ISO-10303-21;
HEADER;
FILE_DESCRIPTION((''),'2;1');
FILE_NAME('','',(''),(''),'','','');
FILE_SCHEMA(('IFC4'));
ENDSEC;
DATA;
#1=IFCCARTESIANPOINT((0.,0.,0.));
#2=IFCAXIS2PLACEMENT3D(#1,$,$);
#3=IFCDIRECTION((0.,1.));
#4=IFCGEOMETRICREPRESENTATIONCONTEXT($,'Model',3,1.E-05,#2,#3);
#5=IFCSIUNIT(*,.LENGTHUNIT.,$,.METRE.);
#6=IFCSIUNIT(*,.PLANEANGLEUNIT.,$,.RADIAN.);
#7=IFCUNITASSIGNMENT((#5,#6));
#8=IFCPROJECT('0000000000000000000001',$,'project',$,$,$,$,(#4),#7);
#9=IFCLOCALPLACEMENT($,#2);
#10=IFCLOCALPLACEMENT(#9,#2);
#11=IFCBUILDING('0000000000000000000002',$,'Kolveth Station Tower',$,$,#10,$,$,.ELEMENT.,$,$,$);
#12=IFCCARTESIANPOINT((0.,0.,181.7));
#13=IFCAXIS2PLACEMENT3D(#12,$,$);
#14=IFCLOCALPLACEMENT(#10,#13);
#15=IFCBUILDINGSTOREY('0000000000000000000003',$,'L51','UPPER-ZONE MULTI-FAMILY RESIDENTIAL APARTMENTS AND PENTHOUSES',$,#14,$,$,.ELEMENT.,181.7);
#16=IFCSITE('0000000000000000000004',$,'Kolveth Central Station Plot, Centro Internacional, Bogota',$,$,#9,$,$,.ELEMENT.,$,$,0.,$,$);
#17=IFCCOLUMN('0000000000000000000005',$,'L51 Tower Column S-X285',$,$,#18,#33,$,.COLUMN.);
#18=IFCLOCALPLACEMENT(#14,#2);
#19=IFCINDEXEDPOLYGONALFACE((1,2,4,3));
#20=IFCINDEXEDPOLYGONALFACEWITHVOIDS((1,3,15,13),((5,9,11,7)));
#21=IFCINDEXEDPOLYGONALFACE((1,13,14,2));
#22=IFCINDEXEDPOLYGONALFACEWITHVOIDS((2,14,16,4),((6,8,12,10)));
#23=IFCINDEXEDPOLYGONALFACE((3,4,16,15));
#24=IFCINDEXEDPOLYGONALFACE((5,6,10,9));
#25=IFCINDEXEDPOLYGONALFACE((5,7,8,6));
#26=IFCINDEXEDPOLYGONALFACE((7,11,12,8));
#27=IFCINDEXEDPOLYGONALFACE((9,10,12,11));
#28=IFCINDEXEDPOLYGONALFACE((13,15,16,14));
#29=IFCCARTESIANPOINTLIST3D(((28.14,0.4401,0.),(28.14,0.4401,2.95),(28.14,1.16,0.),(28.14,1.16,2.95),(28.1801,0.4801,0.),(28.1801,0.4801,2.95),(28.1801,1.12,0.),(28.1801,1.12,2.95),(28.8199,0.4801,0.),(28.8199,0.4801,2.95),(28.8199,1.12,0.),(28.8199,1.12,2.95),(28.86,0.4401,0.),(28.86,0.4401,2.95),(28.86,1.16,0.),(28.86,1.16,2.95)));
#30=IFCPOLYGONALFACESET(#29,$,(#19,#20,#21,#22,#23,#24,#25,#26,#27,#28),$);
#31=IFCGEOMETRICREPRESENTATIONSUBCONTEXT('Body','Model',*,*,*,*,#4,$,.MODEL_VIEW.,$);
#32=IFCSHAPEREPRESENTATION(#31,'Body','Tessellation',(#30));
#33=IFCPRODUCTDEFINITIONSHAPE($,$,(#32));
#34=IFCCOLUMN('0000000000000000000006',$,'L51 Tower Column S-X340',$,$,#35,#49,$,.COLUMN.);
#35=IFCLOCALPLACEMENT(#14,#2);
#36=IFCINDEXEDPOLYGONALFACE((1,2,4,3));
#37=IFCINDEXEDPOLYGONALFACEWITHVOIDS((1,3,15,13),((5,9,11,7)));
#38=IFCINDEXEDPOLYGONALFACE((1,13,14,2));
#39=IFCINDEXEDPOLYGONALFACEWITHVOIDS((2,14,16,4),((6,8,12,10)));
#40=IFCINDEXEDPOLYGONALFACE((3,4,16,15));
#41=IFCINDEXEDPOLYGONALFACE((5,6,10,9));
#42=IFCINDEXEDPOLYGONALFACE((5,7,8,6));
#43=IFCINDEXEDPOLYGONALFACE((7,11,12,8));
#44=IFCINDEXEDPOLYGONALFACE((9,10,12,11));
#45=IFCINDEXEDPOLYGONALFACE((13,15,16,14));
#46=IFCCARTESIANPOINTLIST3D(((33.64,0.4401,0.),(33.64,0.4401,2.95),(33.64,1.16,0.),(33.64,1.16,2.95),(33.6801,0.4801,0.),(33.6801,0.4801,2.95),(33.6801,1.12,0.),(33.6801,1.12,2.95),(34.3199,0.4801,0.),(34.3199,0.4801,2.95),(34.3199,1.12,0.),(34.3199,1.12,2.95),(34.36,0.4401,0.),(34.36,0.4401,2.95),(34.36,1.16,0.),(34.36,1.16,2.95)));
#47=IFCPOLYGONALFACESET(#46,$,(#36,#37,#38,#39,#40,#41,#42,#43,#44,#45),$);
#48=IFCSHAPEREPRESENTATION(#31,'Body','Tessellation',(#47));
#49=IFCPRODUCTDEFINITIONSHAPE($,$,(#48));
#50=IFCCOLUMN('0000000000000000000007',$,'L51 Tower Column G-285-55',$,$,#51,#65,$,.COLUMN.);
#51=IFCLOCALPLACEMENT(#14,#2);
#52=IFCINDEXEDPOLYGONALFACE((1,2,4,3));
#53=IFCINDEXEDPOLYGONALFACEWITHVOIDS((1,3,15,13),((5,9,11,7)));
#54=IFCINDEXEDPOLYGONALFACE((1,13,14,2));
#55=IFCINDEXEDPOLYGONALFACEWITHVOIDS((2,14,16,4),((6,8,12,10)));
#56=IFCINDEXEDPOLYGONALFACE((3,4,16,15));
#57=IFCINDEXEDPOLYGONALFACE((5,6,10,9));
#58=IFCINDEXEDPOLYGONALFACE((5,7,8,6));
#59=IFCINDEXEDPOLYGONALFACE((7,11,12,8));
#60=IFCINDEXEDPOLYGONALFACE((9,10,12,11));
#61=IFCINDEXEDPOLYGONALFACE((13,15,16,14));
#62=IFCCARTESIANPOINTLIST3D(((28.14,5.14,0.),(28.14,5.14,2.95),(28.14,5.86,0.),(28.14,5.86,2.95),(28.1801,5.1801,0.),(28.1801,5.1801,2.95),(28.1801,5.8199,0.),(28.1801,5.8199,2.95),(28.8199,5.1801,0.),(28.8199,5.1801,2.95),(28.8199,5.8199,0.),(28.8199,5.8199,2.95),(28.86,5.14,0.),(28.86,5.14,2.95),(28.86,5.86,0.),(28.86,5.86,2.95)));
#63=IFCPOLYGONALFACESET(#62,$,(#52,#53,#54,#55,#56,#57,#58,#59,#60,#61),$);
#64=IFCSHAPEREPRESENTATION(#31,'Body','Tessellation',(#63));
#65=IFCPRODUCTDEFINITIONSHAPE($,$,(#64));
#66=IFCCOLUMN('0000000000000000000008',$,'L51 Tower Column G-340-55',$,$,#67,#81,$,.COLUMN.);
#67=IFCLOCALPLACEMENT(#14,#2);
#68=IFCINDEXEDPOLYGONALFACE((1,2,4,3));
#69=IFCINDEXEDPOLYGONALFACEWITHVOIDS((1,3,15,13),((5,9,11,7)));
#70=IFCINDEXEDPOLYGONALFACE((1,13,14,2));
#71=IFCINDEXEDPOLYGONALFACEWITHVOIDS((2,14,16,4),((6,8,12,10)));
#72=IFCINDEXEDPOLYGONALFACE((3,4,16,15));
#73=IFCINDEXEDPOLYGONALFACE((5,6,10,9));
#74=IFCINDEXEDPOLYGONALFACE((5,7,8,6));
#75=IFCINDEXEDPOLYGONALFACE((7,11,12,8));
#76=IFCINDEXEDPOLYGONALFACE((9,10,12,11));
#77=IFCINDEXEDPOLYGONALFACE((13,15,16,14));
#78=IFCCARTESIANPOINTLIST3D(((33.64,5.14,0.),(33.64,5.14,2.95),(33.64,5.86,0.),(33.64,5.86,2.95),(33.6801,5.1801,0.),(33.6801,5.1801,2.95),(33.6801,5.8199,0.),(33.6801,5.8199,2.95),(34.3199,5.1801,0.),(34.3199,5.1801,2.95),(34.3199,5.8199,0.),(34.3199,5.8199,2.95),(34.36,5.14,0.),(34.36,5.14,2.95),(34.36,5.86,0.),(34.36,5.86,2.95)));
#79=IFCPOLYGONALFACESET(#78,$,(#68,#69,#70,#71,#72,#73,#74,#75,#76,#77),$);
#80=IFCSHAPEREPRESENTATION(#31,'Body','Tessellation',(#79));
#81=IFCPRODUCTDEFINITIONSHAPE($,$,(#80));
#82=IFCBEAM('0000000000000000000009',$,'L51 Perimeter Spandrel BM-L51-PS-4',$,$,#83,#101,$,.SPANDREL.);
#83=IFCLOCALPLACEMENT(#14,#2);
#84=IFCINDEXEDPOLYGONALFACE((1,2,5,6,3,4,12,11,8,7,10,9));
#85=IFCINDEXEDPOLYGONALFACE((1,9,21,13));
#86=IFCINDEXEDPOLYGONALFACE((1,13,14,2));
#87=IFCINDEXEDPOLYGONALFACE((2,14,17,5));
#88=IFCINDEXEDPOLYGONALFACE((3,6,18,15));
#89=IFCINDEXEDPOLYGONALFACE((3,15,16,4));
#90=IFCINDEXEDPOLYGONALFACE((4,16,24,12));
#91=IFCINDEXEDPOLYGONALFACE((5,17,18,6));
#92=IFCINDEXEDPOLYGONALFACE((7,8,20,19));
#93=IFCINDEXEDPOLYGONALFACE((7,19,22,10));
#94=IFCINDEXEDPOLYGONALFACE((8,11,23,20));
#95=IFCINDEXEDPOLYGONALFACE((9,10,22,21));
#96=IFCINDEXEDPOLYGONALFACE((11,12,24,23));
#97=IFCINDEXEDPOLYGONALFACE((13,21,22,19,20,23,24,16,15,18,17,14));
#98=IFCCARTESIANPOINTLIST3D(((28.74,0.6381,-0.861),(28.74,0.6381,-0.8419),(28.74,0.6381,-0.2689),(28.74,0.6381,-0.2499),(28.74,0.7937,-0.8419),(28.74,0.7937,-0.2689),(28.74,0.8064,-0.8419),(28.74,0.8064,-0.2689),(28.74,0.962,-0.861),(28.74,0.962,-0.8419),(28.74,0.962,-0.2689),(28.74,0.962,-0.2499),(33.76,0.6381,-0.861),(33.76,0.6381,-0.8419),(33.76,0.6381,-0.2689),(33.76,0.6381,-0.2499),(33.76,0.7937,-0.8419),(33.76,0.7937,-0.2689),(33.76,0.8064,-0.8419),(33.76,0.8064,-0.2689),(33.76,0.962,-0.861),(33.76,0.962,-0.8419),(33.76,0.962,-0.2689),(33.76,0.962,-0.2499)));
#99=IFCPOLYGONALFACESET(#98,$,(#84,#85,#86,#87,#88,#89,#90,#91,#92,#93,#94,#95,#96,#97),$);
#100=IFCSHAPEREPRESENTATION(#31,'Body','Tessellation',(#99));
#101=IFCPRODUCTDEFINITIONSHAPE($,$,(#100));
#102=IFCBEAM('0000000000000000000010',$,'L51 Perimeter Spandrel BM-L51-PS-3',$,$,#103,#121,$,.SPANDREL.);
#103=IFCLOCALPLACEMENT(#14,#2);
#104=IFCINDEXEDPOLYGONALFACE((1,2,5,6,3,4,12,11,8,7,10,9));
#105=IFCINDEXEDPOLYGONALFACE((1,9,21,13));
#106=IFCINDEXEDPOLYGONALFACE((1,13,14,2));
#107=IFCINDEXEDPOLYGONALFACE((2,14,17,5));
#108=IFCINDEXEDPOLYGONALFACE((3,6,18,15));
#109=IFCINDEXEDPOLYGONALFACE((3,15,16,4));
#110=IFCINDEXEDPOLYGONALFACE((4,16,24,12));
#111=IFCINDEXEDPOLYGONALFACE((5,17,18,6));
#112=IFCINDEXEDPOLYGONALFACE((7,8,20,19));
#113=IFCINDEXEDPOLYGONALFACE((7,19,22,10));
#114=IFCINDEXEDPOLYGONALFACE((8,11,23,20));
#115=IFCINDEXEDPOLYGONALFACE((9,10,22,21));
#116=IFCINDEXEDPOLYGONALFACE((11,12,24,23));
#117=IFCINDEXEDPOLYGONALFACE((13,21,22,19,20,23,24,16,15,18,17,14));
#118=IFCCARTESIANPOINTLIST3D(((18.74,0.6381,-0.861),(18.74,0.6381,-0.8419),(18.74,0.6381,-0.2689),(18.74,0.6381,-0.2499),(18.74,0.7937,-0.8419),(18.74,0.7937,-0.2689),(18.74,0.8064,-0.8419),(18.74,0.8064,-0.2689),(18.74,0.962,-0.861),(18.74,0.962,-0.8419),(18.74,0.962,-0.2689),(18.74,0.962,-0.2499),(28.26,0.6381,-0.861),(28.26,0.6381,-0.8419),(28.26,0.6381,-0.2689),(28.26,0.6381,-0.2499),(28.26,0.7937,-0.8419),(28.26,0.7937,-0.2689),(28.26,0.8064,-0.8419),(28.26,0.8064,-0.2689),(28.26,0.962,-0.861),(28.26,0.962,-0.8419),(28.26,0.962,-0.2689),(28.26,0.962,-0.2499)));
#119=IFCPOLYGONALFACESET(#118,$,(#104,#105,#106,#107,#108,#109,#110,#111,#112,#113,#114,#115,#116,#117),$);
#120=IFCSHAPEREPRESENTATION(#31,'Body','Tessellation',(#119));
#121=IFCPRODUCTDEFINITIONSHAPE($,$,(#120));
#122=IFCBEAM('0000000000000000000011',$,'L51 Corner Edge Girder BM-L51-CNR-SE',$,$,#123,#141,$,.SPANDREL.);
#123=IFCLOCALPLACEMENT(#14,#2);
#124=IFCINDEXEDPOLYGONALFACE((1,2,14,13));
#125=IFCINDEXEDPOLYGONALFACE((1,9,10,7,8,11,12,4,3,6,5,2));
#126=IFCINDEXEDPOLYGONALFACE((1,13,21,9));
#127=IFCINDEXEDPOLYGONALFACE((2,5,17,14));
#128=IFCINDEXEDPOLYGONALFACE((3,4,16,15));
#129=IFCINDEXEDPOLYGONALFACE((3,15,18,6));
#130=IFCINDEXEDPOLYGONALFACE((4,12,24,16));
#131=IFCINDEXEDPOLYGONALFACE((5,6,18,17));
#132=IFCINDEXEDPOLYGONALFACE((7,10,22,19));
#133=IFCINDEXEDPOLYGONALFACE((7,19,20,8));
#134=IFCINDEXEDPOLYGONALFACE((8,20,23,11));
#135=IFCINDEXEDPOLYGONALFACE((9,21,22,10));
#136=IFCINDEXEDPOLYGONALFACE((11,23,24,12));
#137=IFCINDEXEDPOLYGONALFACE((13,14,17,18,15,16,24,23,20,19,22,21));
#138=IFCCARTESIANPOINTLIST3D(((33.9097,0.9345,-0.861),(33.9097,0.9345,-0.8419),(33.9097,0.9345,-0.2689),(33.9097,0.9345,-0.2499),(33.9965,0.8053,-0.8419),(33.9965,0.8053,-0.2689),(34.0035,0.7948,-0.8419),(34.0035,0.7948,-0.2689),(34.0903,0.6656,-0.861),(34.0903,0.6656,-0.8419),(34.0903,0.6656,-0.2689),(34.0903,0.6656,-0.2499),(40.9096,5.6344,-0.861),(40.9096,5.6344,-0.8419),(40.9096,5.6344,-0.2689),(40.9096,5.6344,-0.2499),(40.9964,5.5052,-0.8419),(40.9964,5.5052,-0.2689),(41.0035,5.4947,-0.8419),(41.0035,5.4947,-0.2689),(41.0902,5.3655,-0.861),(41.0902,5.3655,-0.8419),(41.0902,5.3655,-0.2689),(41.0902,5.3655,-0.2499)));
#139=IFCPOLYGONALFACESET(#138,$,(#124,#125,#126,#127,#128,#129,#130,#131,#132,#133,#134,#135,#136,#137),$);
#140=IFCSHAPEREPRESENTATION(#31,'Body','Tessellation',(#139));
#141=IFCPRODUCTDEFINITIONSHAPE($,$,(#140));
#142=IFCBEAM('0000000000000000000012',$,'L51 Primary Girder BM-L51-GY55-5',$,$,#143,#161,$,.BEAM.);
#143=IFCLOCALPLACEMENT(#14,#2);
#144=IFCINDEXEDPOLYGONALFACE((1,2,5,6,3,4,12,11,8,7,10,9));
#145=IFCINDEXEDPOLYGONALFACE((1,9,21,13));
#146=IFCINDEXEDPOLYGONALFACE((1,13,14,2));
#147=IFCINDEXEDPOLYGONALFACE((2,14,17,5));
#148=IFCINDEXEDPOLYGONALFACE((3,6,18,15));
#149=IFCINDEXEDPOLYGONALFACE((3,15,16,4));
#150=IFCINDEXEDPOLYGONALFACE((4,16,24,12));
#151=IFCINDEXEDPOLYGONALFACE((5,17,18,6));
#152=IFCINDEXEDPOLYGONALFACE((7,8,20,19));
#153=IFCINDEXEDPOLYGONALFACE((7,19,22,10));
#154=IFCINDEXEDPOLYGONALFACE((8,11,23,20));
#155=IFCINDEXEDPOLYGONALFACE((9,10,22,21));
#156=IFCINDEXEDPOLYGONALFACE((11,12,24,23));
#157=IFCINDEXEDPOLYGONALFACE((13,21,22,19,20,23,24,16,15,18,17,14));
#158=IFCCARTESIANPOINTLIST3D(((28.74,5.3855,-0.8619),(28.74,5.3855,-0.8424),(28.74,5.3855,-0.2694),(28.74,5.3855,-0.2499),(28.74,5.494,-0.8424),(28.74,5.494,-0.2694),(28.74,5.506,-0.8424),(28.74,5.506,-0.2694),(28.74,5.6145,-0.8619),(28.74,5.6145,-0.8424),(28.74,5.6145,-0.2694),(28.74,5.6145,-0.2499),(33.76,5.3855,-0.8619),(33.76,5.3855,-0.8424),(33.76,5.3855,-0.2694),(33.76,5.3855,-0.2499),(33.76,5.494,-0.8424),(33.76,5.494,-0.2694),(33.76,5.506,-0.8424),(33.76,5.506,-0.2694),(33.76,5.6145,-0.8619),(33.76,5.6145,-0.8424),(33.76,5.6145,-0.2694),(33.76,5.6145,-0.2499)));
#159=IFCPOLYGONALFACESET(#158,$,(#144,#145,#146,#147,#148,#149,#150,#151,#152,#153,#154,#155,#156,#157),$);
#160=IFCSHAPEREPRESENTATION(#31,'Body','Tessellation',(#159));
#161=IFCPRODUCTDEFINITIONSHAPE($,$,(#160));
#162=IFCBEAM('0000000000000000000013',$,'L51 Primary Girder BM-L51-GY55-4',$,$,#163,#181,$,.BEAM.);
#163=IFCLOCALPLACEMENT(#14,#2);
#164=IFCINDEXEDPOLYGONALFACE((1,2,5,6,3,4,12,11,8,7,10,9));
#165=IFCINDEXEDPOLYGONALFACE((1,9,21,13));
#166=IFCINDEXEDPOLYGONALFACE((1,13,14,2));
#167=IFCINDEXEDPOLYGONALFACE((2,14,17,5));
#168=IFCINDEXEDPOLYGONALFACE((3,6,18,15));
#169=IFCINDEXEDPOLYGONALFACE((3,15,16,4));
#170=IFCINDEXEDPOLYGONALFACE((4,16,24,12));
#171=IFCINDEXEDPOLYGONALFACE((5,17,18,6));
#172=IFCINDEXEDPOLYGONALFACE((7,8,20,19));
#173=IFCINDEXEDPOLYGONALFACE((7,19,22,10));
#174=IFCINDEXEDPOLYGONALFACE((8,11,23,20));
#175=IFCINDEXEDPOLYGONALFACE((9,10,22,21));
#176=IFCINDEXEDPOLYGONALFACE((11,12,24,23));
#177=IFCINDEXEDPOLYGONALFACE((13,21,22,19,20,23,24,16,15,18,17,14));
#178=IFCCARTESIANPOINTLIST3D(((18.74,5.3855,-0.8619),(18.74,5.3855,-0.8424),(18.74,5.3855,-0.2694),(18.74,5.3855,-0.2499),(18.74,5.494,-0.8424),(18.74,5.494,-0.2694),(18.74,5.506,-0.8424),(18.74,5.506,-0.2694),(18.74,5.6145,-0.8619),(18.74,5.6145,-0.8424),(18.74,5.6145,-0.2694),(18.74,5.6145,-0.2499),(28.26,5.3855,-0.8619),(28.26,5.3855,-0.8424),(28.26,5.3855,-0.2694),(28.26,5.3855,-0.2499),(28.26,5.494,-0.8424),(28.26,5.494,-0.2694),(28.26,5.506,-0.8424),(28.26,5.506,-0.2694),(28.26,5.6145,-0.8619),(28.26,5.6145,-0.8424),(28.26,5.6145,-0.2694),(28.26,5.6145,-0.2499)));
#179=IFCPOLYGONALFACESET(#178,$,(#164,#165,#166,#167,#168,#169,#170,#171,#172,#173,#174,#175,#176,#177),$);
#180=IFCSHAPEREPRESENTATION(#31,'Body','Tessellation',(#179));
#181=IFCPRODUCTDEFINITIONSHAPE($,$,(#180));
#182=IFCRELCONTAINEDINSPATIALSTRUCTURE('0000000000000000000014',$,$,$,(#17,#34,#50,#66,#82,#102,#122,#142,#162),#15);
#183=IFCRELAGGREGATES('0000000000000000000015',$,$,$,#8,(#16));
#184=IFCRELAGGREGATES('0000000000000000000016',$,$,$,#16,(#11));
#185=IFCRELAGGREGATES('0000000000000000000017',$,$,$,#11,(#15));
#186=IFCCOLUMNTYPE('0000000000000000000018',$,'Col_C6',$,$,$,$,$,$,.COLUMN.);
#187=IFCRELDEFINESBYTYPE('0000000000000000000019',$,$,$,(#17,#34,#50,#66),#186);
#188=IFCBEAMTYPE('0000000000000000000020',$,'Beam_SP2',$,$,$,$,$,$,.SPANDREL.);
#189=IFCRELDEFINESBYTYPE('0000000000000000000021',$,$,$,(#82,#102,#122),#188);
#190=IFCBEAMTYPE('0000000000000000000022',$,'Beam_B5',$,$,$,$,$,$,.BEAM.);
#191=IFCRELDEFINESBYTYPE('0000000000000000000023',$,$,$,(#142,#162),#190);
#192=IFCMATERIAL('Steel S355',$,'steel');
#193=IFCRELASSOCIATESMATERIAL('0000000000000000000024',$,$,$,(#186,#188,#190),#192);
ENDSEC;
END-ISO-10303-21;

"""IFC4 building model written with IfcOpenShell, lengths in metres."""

from ifc_helpers import new_model, si_unit, direction, frame, origin, origin_2d, place, context, subcontext, project, spatial, hollow_rectangle, i_section, extrude, source, transform, mapped, material, material_profile, profile_set, type_object, element, save


model = new_model("IFC4")

# Units and contexts
model_context = context("Model", 3, precision=1e-05, world=origin(), true_north=direction((0.0, 1.0)))
body_context = subcontext(model_context, "Body", "Model", "MODEL_VIEW")
ifc_project = project(units=[si_unit("LENGTHUNIT", "METRE"), si_unit("PLANEANGLEUNIT", "RADIAN")], contexts=[model_context])

# Site, building, storey
site_placement = place(None, origin())
site = spatial("IfcSite", under=ifc_project, at=site_placement, Name="Kolveth Central Station Plot, Centro Internacional, Bogota", CompositionType="ELEMENT", RefElevation=0.0)
building_placement = place(site_placement, origin())
building = spatial("IfcBuilding", under=site, at=building_placement, Name="Kolveth Station Tower", CompositionType="ELEMENT")
storey_placement = place(building_placement, frame((0.0, 0.0, 181.7)))
storey = spatial("IfcBuildingStorey", under=building, at=storey_placement, Name="L51", Description="UPPER-ZONE MULTI-FAMILY RESIDENTIAL APARTMENTS AND PENTHOUSES", CompositionType="ELEMENT", Elevation=181.7)

# Columns
ifc_material_1 = material(Name="Steel S355", Category="steel")
ifc_material_profile_1 = material_profile(ifc_material_1, hollow_rectangle(XDim=0.72, YDim=0.72, WallThickness=0.04, at=origin_2d()), Name="BOX720x720x40")
ifc_profile_set_1 = profile_set([ifc_material_profile_1], Name="Steel S355")
column_type = type_object("IfcColumnType", Name="Col_C6", PredefinedType="COLUMN", material=ifc_profile_set_1)
shared_shape_1 = source(origin(), body_context, "Body", "SweptSolid", [
    extrude(hollow_rectangle(XDim=0.72, YDim=0.72, WallThickness=0.04, at=origin_2d()), origin(), (0.0, 0.0, 1.0), 2.95),
])
for number, where, z_axis, x_axis, name in (
    (1, (28.5, 0.8, 0.0), (0.0, 0.0, 1.0), (1.0, 0.0, 0.0), "L51 Tower Column S-X285"),
    (2, (34.0, 0.8, 0.0), (0.0, 0.0, 1.0), (1.0, 0.0, 0.0), "L51 Tower Column S-X340"),
    (3, (28.5, 5.5, 0.0), (0.0, 0.0, 1.0), (1.0, 0.0, 0.0), "L51 Tower Column G-285-55"),
    (4, (34.0, 5.5, 0.0), (0.0, 0.0, 1.0), (1.0, 0.0, 0.0), "L51 Tower Column G-340-55"),
):
    element("IfcColumn", number, at=place(storey_placement, frame(where, z_axis=z_axis, x_axis=x_axis)), inside=storey, type_object=column_type, Name=name, PredefinedType="COLUMN", context=body_context, shape_type="MappedRepresentation", body=[
        mapped(shared_shape_1, transform((0.0, 0.0, 0.0), x_axis=(1.0, 0.0, 0.0), y_axis=(0.0, 1.0, 0.0), z_axis=(0.0, 0.0, 1.0), scale=1.0)),
    ])

# Beams
ifc_material_profile_2 = material_profile(ifc_material_1, i_section(OverallWidth=0.324, OverallDepth=0.6111, WebThickness=0.0127, FlangeThickness=0.019, at=origin_2d()), Name="W610x155")
ifc_profile_set_2 = profile_set([ifc_material_profile_2], Name="Steel S355")
beam_type_1 = type_object("IfcBeamType", Name="Beam_SP2", PredefinedType="SPANDREL", material=ifc_profile_set_2)
shared_shape_2 = source(origin(), body_context, "Body", "SweptSolid", [
    extrude(i_section(OverallWidth=0.324, OverallDepth=0.6111, WebThickness=0.0127, FlangeThickness=0.019, at=origin_2d()), origin(), (0.0, 0.0, 1.0), 5.02),
])
beam_1_placement = place(storey_placement, frame((28.74, 0.8, -0.5554), z_axis=(1.0, 0.0, 0.0), x_axis=(0.0, 1.0, 0.0)))
element("IfcBeam", 5, at=beam_1_placement, inside=storey, type_object=beam_type_1, Name="L51 Perimeter Spandrel BM-L51-PS-4", PredefinedType="SPANDREL", context=body_context, shape_type="MappedRepresentation", body=[
    mapped(shared_shape_2, transform((0.0, 0.0, 0.0), x_axis=(1.0, 0.0, 0.0), y_axis=(0.0, 1.0, 0.0), z_axis=(0.0, 0.0, 1.0), scale=1.0)),
])
shared_shape_3 = source(origin(), body_context, "Body", "SweptSolid", [
    extrude(i_section(OverallWidth=0.324, OverallDepth=0.6111, WebThickness=0.0127, FlangeThickness=0.019, at=origin_2d()), origin(), (0.0, 0.0, 1.0), 9.52),
])
beam_2_placement = place(storey_placement, frame((18.74, 0.8, -0.5554), z_axis=(1.0, 0.0, 0.0), x_axis=(0.0, 1.0, 0.0)))
element("IfcBeam", 6, at=beam_2_placement, inside=storey, type_object=beam_type_1, Name="L51 Perimeter Spandrel BM-L51-PS-3", PredefinedType="SPANDREL", context=body_context, shape_type="MappedRepresentation", body=[
    mapped(shared_shape_3, transform((0.0, 0.0, 0.0), x_axis=(1.0, 0.0, 0.0), y_axis=(0.0, 1.0, 0.0), z_axis=(0.0, 0.0, 1.0), scale=1.0)),
])
shared_shape_4 = source(origin(), body_context, "Body", "SweptSolid", [
    extrude(i_section(OverallWidth=0.324, OverallDepth=0.6111, WebThickness=0.0127, FlangeThickness=0.019, at=origin_2d()), origin(), (0.0, 0.0, 1.0), 8.4314),
])
beam_3_placement = place(storey_placement, frame((34.0, 0.8, -0.5554), z_axis=(0.830224, 0.55743, 0.0), x_axis=(-0.55743, 0.830224, 0.0)))
element("IfcBeam", 7, at=beam_3_placement, inside=storey, type_object=beam_type_1, Name="L51 Corner Edge Girder BM-L51-CNR-SE", PredefinedType="SPANDREL", context=body_context, shape_type="MappedRepresentation", body=[
    mapped(shared_shape_4, transform((0.0, 0.0, 0.0), x_axis=(1.0, 0.0, 0.0), y_axis=(0.0, 1.0, 0.0), z_axis=(0.0, 0.0, 1.0), scale=1.0)),
])
ifc_material_profile_3 = material_profile(ifc_material_1, i_section(OverallWidth=0.229, OverallDepth=0.6121, WebThickness=0.012, FlangeThickness=0.0195, at=origin_2d()), Name="W610x125")
ifc_profile_set_3 = profile_set([ifc_material_profile_3], Name="Steel S355")
beam_type_2 = type_object("IfcBeamType", Name="Beam_B5", PredefinedType="BEAM", material=ifc_profile_set_3)
shared_shape_5 = source(origin(), body_context, "Body", "SweptSolid", [
    extrude(i_section(OverallWidth=0.229, OverallDepth=0.6121, WebThickness=0.012, FlangeThickness=0.0195, at=origin_2d()), origin(), (0.0, 0.0, 1.0), 5.02),
])
beam_4_placement = place(storey_placement, frame((28.74, 5.5, -0.5559), z_axis=(1.0, 0.0, 0.0), x_axis=(0.0, 1.0, 0.0)))
element("IfcBeam", 8, at=beam_4_placement, inside=storey, type_object=beam_type_2, Name="L51 Primary Girder BM-L51-GY55-5", PredefinedType="BEAM", context=body_context, shape_type="MappedRepresentation", body=[
    mapped(shared_shape_5, transform((0.0, 0.0, 0.0), x_axis=(1.0, 0.0, 0.0), y_axis=(0.0, 1.0, 0.0), z_axis=(0.0, 0.0, 1.0), scale=1.0)),
])
shared_shape_6 = source(origin(), body_context, "Body", "SweptSolid", [
    extrude(i_section(OverallWidth=0.229, OverallDepth=0.6121, WebThickness=0.012, FlangeThickness=0.0195, at=origin_2d()), origin(), (0.0, 0.0, 1.0), 9.52),
])
beam_5_placement = place(storey_placement, frame((18.74, 5.5, -0.5559), z_axis=(1.0, 0.0, 0.0), x_axis=(0.0, 1.0, 0.0)))
element("IfcBeam", 9, at=beam_5_placement, inside=storey, type_object=beam_type_2, Name="L51 Primary Girder BM-L51-GY55-4", PredefinedType="BEAM", context=body_context, shape_type="MappedRepresentation", body=[
    mapped(shared_shape_6, transform((0.0, 0.0, 0.0), x_axis=(1.0, 0.0, 0.0), y_axis=(0.0, 1.0, 0.0), z_axis=(0.0, 0.0, 1.0), scale=1.0)),
])

save(model, "model.ifc")
